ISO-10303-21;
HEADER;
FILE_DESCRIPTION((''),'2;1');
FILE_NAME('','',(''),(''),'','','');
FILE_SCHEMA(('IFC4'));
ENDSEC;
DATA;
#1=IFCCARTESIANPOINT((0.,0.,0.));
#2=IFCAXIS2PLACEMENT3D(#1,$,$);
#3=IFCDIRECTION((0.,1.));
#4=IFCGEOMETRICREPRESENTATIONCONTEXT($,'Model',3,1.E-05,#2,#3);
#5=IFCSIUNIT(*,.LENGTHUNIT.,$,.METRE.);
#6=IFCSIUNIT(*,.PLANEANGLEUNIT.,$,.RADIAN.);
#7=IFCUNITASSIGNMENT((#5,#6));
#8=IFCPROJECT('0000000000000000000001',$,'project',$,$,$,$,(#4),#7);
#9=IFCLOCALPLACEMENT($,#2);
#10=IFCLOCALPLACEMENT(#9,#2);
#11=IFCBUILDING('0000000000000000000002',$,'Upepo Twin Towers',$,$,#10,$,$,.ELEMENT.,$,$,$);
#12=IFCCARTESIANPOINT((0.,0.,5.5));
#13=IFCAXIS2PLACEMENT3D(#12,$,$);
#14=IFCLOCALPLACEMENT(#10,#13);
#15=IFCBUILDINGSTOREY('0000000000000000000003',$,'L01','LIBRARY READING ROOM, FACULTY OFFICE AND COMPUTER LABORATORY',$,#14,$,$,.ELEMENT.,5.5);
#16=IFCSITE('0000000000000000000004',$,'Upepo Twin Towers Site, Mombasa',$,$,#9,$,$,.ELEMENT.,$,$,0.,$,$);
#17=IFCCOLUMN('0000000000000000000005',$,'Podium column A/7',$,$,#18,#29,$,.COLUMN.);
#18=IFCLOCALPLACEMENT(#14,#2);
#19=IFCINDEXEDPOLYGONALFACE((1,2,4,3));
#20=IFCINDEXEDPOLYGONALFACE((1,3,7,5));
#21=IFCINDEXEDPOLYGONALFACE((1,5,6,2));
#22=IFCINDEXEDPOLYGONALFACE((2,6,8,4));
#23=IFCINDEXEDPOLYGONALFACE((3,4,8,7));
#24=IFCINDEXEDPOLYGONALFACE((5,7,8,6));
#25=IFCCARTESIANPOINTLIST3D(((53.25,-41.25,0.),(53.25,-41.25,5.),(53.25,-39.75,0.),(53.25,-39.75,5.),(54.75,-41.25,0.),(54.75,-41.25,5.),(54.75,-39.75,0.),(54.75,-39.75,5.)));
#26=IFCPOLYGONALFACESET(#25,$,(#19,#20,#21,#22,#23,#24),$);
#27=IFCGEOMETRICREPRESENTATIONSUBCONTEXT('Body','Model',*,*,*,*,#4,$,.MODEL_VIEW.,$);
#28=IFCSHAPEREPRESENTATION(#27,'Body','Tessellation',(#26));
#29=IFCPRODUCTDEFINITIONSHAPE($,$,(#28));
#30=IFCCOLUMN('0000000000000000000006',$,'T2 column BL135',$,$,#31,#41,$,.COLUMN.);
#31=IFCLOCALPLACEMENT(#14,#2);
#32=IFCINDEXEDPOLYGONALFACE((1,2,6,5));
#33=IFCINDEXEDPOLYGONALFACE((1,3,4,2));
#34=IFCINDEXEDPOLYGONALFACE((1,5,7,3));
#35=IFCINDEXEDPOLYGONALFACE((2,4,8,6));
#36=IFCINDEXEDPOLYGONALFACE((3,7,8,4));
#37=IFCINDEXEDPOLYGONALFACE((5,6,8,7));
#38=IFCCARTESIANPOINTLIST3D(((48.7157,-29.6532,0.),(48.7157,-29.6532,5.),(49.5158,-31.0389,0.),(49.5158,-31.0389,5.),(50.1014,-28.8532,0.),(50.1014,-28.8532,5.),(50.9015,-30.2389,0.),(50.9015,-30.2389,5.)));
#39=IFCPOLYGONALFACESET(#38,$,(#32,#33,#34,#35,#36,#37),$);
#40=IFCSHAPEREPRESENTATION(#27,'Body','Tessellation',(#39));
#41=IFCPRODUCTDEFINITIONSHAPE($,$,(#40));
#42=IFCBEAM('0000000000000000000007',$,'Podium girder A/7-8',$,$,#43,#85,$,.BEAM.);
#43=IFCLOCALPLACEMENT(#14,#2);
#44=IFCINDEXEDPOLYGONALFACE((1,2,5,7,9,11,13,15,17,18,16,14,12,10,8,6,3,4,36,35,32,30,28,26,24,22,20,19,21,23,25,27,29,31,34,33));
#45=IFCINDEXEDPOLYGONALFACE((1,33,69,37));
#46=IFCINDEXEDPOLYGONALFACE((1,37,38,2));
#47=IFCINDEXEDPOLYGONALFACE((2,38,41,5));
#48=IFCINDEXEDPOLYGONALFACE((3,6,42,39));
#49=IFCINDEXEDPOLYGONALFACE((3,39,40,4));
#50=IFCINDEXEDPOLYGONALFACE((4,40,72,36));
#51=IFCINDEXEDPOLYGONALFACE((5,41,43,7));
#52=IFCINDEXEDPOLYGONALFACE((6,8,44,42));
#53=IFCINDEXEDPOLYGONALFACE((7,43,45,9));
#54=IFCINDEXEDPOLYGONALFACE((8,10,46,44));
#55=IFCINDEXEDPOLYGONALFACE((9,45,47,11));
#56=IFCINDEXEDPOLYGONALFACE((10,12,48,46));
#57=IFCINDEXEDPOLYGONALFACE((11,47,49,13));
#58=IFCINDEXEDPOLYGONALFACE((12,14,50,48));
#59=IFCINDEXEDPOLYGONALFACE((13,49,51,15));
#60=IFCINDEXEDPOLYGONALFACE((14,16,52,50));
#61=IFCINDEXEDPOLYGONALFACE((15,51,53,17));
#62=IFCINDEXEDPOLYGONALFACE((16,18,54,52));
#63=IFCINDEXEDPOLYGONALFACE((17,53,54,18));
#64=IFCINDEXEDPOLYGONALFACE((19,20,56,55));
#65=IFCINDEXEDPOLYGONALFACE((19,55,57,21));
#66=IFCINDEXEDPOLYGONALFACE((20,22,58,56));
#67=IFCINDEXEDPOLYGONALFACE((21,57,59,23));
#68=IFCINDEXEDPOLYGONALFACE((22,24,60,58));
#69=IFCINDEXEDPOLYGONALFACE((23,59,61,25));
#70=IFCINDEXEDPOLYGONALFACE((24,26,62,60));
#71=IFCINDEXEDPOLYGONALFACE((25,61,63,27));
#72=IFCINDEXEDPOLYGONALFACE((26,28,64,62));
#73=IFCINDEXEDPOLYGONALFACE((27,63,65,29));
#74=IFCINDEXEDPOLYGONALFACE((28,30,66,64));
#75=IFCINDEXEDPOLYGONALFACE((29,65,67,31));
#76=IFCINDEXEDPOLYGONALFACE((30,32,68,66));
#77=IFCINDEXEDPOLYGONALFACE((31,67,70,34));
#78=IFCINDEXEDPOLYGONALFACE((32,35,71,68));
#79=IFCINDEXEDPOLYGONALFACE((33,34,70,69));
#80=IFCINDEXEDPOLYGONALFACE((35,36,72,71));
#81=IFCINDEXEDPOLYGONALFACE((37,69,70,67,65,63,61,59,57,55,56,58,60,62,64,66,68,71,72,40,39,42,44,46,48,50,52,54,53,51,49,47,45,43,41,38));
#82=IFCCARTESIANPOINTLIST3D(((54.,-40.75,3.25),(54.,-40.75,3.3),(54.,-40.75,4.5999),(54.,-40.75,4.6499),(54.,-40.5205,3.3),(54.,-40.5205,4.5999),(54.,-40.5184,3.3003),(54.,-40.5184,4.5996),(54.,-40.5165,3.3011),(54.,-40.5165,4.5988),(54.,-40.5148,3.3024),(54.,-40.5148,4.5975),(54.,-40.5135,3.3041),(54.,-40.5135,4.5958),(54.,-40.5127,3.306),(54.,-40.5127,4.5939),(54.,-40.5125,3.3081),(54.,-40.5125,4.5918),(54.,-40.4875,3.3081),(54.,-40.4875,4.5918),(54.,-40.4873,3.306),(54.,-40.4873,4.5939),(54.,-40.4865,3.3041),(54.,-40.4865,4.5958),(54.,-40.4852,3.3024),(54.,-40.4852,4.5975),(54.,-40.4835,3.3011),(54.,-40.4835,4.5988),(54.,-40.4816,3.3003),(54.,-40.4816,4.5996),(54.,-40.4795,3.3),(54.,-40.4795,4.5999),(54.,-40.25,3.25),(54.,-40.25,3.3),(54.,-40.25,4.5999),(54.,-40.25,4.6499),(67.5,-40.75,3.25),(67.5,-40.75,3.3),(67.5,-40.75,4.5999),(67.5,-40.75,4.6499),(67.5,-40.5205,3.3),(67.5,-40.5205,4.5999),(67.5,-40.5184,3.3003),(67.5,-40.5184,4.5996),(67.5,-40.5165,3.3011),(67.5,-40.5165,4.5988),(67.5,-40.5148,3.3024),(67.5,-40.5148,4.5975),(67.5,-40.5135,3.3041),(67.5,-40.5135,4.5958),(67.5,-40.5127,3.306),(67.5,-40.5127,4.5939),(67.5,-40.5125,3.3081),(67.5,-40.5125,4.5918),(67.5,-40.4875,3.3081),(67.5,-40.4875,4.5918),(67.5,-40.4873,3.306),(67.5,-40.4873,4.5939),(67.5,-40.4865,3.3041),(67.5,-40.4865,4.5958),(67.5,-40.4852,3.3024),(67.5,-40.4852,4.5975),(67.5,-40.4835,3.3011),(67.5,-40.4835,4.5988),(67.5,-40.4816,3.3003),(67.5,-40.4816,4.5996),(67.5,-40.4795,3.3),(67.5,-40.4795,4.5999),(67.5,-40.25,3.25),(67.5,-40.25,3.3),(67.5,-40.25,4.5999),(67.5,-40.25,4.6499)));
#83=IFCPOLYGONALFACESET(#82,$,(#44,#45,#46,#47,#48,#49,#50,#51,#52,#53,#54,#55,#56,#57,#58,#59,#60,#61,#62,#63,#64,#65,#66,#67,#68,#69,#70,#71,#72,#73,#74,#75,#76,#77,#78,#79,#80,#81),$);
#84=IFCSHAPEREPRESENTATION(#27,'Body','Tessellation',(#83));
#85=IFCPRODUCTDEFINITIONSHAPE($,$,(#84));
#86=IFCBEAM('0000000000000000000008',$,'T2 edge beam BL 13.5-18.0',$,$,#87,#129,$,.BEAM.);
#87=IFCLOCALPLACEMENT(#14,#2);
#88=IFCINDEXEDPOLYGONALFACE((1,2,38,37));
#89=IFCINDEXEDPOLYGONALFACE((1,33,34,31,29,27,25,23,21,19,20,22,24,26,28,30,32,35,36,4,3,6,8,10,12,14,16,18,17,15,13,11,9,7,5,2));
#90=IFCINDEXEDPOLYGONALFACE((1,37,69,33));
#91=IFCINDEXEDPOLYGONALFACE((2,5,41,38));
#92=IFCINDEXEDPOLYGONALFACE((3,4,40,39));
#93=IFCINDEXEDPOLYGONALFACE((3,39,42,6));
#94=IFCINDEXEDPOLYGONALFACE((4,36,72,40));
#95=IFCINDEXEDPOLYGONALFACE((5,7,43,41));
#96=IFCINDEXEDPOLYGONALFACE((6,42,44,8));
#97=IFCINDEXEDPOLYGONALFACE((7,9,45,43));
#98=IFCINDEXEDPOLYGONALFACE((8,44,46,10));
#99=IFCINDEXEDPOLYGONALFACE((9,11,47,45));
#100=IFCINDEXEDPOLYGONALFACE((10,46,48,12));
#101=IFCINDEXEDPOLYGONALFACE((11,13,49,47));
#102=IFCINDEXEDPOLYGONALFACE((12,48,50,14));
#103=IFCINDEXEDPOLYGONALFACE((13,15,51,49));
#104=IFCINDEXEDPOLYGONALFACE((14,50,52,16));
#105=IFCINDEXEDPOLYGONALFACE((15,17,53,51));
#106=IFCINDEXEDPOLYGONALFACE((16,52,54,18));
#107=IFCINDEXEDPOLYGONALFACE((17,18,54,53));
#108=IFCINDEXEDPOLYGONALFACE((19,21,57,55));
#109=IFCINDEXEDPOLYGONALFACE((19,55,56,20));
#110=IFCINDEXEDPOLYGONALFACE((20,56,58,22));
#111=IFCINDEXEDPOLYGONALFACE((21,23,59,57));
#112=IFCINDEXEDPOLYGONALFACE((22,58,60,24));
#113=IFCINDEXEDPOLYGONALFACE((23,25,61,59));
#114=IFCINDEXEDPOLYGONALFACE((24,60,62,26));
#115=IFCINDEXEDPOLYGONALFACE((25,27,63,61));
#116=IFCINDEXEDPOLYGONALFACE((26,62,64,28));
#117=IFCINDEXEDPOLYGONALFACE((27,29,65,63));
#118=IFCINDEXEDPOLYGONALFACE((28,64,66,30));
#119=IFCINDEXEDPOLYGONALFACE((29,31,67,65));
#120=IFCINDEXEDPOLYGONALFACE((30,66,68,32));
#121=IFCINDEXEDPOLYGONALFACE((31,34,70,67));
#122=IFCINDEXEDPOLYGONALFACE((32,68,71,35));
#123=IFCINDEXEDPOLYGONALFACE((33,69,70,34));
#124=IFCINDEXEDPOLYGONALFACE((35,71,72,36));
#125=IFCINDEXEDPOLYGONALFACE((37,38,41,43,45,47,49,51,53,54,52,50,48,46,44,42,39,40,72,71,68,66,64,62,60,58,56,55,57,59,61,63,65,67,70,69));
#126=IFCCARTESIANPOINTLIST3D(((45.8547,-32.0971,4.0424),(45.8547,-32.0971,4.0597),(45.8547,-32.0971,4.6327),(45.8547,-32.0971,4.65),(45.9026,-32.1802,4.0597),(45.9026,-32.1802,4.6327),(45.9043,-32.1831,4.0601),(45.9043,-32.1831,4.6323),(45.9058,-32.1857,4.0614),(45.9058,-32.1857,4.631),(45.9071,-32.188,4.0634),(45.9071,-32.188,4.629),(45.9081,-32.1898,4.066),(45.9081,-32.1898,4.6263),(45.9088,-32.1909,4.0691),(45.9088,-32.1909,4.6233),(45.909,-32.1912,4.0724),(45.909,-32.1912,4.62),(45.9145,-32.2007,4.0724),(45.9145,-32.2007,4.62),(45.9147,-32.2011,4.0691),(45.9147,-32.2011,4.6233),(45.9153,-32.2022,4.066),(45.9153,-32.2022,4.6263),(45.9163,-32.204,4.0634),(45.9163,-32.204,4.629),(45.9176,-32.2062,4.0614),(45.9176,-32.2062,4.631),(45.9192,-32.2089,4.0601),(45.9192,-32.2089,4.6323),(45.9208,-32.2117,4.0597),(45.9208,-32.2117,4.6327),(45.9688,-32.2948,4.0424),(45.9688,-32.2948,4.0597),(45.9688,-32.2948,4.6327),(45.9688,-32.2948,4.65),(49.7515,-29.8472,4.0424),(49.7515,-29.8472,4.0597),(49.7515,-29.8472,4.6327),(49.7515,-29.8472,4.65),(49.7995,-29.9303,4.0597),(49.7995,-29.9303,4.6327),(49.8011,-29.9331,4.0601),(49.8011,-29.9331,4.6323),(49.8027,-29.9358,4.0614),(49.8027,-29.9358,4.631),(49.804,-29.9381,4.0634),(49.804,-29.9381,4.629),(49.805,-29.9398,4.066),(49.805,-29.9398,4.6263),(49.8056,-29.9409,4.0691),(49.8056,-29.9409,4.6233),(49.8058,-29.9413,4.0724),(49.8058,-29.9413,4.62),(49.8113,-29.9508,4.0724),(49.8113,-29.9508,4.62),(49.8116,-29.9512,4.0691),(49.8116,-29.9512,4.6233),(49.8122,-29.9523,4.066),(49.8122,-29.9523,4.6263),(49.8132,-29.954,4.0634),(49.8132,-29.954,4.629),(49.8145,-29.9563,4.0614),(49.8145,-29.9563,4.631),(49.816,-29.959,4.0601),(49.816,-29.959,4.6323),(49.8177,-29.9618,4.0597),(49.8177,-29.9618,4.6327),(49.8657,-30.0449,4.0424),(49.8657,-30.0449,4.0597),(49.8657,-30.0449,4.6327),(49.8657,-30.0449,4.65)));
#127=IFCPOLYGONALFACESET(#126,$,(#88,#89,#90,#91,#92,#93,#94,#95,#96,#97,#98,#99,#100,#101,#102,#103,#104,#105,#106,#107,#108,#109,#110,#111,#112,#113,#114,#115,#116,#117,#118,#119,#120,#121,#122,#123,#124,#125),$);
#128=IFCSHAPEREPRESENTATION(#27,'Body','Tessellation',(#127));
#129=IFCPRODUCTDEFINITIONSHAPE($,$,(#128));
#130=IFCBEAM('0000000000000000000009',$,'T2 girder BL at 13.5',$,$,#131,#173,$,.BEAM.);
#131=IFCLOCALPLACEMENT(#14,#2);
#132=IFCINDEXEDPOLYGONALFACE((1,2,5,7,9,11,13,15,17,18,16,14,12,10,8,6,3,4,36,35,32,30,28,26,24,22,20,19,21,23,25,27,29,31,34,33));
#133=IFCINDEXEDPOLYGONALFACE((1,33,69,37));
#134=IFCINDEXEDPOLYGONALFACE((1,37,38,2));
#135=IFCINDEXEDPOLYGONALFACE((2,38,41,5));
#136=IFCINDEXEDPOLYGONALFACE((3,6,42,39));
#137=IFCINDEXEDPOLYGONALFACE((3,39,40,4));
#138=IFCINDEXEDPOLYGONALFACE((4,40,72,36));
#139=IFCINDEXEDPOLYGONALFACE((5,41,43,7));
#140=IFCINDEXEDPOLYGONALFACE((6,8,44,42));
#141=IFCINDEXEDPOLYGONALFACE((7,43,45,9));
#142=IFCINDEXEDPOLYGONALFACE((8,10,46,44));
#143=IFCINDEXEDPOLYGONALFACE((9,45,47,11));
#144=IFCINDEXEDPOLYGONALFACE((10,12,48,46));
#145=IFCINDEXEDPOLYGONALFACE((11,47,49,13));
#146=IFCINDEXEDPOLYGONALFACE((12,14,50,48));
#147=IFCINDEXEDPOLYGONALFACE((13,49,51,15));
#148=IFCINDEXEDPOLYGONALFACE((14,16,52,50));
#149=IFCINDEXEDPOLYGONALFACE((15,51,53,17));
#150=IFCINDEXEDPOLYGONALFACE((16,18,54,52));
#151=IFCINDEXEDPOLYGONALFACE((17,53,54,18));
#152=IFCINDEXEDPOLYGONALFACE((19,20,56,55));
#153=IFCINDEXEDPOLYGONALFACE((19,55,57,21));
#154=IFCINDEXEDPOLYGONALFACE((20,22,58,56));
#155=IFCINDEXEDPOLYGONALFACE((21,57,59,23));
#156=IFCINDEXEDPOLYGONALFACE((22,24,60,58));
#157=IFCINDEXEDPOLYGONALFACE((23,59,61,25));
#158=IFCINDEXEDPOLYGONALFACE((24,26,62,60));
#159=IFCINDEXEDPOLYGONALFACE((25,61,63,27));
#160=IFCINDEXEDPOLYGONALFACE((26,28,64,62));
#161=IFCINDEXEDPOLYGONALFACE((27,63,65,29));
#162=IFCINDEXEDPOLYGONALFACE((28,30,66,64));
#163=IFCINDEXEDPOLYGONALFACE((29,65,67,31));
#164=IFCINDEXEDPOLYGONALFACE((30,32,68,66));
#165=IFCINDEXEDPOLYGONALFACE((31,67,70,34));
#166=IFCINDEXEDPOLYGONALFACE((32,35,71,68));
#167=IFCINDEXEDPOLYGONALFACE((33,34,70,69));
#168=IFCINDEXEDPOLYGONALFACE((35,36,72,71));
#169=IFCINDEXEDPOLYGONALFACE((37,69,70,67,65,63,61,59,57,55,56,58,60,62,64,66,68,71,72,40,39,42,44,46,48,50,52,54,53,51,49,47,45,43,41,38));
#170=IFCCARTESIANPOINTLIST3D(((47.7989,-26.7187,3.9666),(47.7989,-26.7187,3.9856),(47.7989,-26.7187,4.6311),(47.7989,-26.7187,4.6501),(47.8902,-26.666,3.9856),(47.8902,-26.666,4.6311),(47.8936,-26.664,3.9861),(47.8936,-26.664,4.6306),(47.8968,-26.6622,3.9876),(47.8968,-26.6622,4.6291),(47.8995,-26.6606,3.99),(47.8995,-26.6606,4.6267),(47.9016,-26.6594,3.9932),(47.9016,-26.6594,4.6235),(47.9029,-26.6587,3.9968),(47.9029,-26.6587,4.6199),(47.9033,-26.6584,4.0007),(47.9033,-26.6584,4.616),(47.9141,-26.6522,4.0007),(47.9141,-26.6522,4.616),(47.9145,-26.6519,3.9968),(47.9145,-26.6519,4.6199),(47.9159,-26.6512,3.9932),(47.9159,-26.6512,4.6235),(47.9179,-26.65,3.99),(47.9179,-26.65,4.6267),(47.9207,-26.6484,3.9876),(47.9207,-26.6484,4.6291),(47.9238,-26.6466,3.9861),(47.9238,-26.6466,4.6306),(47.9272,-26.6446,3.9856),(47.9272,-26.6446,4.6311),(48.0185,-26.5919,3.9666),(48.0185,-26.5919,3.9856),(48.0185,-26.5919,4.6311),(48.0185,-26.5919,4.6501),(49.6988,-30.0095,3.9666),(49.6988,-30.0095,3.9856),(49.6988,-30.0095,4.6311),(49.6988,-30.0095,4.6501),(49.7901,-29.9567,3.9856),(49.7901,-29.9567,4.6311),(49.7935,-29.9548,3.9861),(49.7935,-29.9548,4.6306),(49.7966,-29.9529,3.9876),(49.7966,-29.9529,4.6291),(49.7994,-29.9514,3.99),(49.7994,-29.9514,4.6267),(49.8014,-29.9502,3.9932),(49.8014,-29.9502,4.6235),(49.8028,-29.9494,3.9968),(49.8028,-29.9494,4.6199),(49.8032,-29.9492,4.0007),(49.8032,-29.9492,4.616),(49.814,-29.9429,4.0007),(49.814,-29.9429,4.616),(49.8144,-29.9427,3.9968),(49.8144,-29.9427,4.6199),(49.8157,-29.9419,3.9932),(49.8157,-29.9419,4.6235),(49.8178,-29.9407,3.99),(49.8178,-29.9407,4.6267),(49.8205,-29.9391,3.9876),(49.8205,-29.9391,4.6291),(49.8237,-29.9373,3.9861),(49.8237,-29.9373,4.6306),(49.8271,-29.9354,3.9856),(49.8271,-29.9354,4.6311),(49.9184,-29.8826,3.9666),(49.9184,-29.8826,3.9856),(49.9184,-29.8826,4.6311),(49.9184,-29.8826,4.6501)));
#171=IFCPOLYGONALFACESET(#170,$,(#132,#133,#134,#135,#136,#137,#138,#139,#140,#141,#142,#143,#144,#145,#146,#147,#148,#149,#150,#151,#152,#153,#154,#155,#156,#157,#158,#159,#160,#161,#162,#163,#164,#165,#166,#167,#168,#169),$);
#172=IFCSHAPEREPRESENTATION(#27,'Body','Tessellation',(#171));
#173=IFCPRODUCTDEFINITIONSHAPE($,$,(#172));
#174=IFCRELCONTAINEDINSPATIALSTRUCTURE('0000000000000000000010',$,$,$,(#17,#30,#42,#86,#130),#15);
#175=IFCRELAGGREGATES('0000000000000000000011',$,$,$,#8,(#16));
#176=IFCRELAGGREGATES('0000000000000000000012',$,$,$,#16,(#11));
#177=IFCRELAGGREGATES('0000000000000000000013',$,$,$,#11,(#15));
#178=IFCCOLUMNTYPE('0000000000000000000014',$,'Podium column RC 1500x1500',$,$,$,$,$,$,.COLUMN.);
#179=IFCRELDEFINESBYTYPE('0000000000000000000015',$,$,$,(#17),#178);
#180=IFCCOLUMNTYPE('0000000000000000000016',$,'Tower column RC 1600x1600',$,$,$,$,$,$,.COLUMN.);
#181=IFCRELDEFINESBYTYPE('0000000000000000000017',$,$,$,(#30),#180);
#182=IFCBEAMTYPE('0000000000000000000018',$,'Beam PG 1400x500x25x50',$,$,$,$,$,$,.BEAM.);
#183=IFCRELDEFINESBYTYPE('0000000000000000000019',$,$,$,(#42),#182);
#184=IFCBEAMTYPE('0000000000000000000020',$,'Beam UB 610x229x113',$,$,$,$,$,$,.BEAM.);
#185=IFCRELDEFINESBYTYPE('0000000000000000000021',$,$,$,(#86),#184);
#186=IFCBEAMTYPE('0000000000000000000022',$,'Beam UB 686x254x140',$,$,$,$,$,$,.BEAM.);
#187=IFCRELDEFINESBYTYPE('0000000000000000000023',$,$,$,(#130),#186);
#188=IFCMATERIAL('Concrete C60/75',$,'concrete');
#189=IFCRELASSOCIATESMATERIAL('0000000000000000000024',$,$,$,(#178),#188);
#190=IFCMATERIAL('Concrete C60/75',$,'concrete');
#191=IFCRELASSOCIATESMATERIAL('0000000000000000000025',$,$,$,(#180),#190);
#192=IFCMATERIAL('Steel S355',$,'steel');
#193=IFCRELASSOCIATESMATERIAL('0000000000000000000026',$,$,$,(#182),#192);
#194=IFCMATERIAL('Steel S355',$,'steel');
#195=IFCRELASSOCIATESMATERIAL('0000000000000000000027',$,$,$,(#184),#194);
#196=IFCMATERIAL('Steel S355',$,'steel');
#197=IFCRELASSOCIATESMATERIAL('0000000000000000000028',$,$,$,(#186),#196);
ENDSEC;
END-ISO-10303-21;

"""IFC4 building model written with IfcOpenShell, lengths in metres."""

from ifc_helpers import new_model, si_unit, direction, frame, origin, origin_2d, place, context, subcontext, project, spatial, rectangle, i_section, extrude, material, material_profile, profile_set, type_object, element, save


model = new_model("IFC4")

# Units and contexts
model_context = context("Model", 3, precision=1e-05, world=origin(), true_north=direction((0.0, 1.0)))
body_context = subcontext(model_context, "Body", "Model", "MODEL_VIEW")
ifc_project = project(units=[si_unit("LENGTHUNIT", "METRE"), si_unit("PLANEANGLEUNIT", "RADIAN")], contexts=[model_context])

# Site, building, storey
site_placement = place(None, origin())
site = spatial("IfcSite", under=ifc_project, at=site_placement, Name="Upepo Twin Towers Site, Mombasa", CompositionType="ELEMENT", RefElevation=0.0)
building_placement = place(site_placement, origin())
building = spatial("IfcBuilding", under=site, at=building_placement, Name="Upepo Twin Towers", CompositionType="ELEMENT")
storey_placement = place(building_placement, frame((0.0, 0.0, 5.5)))
storey = spatial("IfcBuildingStorey", under=building, at=storey_placement, Name="L01", Description="LIBRARY READING ROOM, FACULTY OFFICE AND COMPUTER LABORATORY", CompositionType="ELEMENT", Elevation=5.5)

# Columns
ifc_material_1 = material(Name="Concrete C60/75", Category="concrete")
ifc_material_profile_1 = material_profile(ifc_material_1, rectangle(XDim=1.5, YDim=1.5, at=origin_2d()), Name="RC 1500x1500")
ifc_profile_set_1 = profile_set([ifc_material_profile_1], Name="Concrete C60/75")
column_type_1 = type_object("IfcColumnType", Name="Podium column RC 1500x1500", PredefinedType="COLUMN", material=ifc_profile_set_1)
column_1_placement = place(storey_placement, frame((54.0, -40.5, 0.0), z_axis=(0.0, 0.0, 1.0), x_axis=(1.0, 0.0, 0.0)))
element("IfcColumn", 1, at=column_1_placement, inside=storey, type_object=column_type_1, Name="Podium column A/7", PredefinedType="COLUMN", context=body_context, shape_type="SweptSolid", body=[
    extrude(rectangle(XDim=1.5, YDim=1.5, at=origin_2d()), origin(), (0.0, 0.0, 1.0), 5.0),
])
ifc_material_2 = material(Name="Concrete C60/75", Category="concrete")
ifc_material_profile_2 = material_profile(ifc_material_2, rectangle(XDim=1.6001, YDim=1.6001, at=origin_2d()), Name="RC 1600x1600")
ifc_profile_set_2 = profile_set([ifc_material_profile_2], Name="Concrete C60/75")
column_type_2 = type_object("IfcColumnType", Name="Tower column RC 1600x1600", PredefinedType="COLUMN", material=ifc_profile_set_2)
column_2_placement = place(storey_placement, frame((49.8086, -29.946, 0.0), z_axis=(0.0, 0.0, 1.0), x_axis=(0.866025, 0.5, 0.0)))
element("IfcColumn", 2, at=column_2_placement, inside=storey, type_object=column_type_2, Name="T2 column BL135", PredefinedType="COLUMN", context=body_context, shape_type="SweptSolid", body=[
    extrude(rectangle(XDim=1.6001, YDim=1.6001, at=origin_2d()), origin(), (0.0, 0.0, 1.0), 5.0),
])

# Beams
ifc_material_3 = material(Name="Steel S355", Category="steel")
ifc_material_profile_3 = material_profile(ifc_material_3, i_section(OverallWidth=0.5, OverallDepth=1.3999, WebThickness=0.0249, FlangeThickness=0.05, FilletRadius=0.0081, at=origin_2d()), Name="PG 1400x500x25x50")
ifc_profile_set_3 = profile_set([ifc_material_profile_3], Name="Steel S355")
beam_type_1 = type_object("IfcBeamType", Name="Beam PG 1400x500x25x50", PredefinedType="BEAM", material=ifc_profile_set_3)
beam_1_placement = place(storey_placement, frame((54.0, -40.5, 3.95), z_axis=(1.0, 0.0, 0.0), x_axis=(0.0, 1.0, 0.0)))
element("IfcBeam", 3, at=beam_1_placement, inside=storey, type_object=beam_type_1, Name="Podium girder A/7-8", PredefinedType="BEAM", context=body_context, shape_type="SweptSolid", body=[
    extrude(i_section(OverallWidth=0.5, OverallDepth=1.3999, WebThickness=0.0249, FlangeThickness=0.05, FilletRadius=0.0081, at=origin_2d()), origin(), (0.0, 0.0, 1.0), 13.5),
])
ifc_material_4 = material(Name="Steel S355", Category="steel")
ifc_material_profile_4 = material_profile(ifc_material_4, i_section(OverallWidth=0.2283, OverallDepth=0.6077, WebThickness=0.011, FlangeThickness=0.0173, FilletRadius=0.0127, at=origin_2d()), Name="UB 610x229x113")
ifc_profile_set_4 = profile_set([ifc_material_profile_4], Name="Steel S355")
beam_type_2 = type_object("IfcBeamType", Name="Beam UB 610x229x113", PredefinedType="BEAM", material=ifc_profile_set_4)
beam_2_placement = place(storey_placement, frame((49.8086, -29.946, 4.3462), z_axis=(-0.866018, -0.500014, 0.0), x_axis=(0.500014, -0.866018, 0.0)))
element("IfcBeam", 4, at=beam_2_placement, inside=storey, type_object=beam_type_2, Name="T2 edge beam BL 13.5-18.0", PredefinedType="BEAM", context=body_context, shape_type="SweptSolid", body=[
    extrude(i_section(OverallWidth=0.2283, OverallDepth=0.6077, WebThickness=0.011, FlangeThickness=0.0173, FilletRadius=0.0127, at=origin_2d()), origin(), (0.0, 0.0, 1.0), 4.4998),
])
ifc_material_5 = material(Name="Steel S355", Category="steel")
ifc_material_profile_5 = material_profile(ifc_material_5, i_section(OverallWidth=0.2537, OverallDepth=0.6836, WebThickness=0.0125, FlangeThickness=0.019, FilletRadius=0.0151, at=origin_2d()), Name="UB 686x254x140")
ifc_profile_set_5 = profile_set([ifc_material_profile_5], Name="Steel S355")
beam_type_3 = type_object("IfcBeamType", Name="Beam UB 686x254x140", PredefinedType="BEAM", material=ifc_profile_set_5)
beam_3_placement = place(storey_placement, frame((49.8086, -29.946, 4.3083), z_axis=(-0.499995, 0.866028, 0.0), x_axis=(-0.866028, -0.499995, 0.0)))
element("IfcBeam", 5, at=beam_3_placement, inside=storey, type_object=beam_type_3, Name="T2 girder BL at 13.5", PredefinedType="BEAM", context=body_context, shape_type="SweptSolid", body=[
    extrude(i_section(OverallWidth=0.2537, OverallDepth=0.6836, WebThickness=0.0125, FlangeThickness=0.019, FilletRadius=0.0151, at=origin_2d()), origin(), (0.0, 0.0, 1.0), 3.7998),
])

save(model, "model.ifc")
